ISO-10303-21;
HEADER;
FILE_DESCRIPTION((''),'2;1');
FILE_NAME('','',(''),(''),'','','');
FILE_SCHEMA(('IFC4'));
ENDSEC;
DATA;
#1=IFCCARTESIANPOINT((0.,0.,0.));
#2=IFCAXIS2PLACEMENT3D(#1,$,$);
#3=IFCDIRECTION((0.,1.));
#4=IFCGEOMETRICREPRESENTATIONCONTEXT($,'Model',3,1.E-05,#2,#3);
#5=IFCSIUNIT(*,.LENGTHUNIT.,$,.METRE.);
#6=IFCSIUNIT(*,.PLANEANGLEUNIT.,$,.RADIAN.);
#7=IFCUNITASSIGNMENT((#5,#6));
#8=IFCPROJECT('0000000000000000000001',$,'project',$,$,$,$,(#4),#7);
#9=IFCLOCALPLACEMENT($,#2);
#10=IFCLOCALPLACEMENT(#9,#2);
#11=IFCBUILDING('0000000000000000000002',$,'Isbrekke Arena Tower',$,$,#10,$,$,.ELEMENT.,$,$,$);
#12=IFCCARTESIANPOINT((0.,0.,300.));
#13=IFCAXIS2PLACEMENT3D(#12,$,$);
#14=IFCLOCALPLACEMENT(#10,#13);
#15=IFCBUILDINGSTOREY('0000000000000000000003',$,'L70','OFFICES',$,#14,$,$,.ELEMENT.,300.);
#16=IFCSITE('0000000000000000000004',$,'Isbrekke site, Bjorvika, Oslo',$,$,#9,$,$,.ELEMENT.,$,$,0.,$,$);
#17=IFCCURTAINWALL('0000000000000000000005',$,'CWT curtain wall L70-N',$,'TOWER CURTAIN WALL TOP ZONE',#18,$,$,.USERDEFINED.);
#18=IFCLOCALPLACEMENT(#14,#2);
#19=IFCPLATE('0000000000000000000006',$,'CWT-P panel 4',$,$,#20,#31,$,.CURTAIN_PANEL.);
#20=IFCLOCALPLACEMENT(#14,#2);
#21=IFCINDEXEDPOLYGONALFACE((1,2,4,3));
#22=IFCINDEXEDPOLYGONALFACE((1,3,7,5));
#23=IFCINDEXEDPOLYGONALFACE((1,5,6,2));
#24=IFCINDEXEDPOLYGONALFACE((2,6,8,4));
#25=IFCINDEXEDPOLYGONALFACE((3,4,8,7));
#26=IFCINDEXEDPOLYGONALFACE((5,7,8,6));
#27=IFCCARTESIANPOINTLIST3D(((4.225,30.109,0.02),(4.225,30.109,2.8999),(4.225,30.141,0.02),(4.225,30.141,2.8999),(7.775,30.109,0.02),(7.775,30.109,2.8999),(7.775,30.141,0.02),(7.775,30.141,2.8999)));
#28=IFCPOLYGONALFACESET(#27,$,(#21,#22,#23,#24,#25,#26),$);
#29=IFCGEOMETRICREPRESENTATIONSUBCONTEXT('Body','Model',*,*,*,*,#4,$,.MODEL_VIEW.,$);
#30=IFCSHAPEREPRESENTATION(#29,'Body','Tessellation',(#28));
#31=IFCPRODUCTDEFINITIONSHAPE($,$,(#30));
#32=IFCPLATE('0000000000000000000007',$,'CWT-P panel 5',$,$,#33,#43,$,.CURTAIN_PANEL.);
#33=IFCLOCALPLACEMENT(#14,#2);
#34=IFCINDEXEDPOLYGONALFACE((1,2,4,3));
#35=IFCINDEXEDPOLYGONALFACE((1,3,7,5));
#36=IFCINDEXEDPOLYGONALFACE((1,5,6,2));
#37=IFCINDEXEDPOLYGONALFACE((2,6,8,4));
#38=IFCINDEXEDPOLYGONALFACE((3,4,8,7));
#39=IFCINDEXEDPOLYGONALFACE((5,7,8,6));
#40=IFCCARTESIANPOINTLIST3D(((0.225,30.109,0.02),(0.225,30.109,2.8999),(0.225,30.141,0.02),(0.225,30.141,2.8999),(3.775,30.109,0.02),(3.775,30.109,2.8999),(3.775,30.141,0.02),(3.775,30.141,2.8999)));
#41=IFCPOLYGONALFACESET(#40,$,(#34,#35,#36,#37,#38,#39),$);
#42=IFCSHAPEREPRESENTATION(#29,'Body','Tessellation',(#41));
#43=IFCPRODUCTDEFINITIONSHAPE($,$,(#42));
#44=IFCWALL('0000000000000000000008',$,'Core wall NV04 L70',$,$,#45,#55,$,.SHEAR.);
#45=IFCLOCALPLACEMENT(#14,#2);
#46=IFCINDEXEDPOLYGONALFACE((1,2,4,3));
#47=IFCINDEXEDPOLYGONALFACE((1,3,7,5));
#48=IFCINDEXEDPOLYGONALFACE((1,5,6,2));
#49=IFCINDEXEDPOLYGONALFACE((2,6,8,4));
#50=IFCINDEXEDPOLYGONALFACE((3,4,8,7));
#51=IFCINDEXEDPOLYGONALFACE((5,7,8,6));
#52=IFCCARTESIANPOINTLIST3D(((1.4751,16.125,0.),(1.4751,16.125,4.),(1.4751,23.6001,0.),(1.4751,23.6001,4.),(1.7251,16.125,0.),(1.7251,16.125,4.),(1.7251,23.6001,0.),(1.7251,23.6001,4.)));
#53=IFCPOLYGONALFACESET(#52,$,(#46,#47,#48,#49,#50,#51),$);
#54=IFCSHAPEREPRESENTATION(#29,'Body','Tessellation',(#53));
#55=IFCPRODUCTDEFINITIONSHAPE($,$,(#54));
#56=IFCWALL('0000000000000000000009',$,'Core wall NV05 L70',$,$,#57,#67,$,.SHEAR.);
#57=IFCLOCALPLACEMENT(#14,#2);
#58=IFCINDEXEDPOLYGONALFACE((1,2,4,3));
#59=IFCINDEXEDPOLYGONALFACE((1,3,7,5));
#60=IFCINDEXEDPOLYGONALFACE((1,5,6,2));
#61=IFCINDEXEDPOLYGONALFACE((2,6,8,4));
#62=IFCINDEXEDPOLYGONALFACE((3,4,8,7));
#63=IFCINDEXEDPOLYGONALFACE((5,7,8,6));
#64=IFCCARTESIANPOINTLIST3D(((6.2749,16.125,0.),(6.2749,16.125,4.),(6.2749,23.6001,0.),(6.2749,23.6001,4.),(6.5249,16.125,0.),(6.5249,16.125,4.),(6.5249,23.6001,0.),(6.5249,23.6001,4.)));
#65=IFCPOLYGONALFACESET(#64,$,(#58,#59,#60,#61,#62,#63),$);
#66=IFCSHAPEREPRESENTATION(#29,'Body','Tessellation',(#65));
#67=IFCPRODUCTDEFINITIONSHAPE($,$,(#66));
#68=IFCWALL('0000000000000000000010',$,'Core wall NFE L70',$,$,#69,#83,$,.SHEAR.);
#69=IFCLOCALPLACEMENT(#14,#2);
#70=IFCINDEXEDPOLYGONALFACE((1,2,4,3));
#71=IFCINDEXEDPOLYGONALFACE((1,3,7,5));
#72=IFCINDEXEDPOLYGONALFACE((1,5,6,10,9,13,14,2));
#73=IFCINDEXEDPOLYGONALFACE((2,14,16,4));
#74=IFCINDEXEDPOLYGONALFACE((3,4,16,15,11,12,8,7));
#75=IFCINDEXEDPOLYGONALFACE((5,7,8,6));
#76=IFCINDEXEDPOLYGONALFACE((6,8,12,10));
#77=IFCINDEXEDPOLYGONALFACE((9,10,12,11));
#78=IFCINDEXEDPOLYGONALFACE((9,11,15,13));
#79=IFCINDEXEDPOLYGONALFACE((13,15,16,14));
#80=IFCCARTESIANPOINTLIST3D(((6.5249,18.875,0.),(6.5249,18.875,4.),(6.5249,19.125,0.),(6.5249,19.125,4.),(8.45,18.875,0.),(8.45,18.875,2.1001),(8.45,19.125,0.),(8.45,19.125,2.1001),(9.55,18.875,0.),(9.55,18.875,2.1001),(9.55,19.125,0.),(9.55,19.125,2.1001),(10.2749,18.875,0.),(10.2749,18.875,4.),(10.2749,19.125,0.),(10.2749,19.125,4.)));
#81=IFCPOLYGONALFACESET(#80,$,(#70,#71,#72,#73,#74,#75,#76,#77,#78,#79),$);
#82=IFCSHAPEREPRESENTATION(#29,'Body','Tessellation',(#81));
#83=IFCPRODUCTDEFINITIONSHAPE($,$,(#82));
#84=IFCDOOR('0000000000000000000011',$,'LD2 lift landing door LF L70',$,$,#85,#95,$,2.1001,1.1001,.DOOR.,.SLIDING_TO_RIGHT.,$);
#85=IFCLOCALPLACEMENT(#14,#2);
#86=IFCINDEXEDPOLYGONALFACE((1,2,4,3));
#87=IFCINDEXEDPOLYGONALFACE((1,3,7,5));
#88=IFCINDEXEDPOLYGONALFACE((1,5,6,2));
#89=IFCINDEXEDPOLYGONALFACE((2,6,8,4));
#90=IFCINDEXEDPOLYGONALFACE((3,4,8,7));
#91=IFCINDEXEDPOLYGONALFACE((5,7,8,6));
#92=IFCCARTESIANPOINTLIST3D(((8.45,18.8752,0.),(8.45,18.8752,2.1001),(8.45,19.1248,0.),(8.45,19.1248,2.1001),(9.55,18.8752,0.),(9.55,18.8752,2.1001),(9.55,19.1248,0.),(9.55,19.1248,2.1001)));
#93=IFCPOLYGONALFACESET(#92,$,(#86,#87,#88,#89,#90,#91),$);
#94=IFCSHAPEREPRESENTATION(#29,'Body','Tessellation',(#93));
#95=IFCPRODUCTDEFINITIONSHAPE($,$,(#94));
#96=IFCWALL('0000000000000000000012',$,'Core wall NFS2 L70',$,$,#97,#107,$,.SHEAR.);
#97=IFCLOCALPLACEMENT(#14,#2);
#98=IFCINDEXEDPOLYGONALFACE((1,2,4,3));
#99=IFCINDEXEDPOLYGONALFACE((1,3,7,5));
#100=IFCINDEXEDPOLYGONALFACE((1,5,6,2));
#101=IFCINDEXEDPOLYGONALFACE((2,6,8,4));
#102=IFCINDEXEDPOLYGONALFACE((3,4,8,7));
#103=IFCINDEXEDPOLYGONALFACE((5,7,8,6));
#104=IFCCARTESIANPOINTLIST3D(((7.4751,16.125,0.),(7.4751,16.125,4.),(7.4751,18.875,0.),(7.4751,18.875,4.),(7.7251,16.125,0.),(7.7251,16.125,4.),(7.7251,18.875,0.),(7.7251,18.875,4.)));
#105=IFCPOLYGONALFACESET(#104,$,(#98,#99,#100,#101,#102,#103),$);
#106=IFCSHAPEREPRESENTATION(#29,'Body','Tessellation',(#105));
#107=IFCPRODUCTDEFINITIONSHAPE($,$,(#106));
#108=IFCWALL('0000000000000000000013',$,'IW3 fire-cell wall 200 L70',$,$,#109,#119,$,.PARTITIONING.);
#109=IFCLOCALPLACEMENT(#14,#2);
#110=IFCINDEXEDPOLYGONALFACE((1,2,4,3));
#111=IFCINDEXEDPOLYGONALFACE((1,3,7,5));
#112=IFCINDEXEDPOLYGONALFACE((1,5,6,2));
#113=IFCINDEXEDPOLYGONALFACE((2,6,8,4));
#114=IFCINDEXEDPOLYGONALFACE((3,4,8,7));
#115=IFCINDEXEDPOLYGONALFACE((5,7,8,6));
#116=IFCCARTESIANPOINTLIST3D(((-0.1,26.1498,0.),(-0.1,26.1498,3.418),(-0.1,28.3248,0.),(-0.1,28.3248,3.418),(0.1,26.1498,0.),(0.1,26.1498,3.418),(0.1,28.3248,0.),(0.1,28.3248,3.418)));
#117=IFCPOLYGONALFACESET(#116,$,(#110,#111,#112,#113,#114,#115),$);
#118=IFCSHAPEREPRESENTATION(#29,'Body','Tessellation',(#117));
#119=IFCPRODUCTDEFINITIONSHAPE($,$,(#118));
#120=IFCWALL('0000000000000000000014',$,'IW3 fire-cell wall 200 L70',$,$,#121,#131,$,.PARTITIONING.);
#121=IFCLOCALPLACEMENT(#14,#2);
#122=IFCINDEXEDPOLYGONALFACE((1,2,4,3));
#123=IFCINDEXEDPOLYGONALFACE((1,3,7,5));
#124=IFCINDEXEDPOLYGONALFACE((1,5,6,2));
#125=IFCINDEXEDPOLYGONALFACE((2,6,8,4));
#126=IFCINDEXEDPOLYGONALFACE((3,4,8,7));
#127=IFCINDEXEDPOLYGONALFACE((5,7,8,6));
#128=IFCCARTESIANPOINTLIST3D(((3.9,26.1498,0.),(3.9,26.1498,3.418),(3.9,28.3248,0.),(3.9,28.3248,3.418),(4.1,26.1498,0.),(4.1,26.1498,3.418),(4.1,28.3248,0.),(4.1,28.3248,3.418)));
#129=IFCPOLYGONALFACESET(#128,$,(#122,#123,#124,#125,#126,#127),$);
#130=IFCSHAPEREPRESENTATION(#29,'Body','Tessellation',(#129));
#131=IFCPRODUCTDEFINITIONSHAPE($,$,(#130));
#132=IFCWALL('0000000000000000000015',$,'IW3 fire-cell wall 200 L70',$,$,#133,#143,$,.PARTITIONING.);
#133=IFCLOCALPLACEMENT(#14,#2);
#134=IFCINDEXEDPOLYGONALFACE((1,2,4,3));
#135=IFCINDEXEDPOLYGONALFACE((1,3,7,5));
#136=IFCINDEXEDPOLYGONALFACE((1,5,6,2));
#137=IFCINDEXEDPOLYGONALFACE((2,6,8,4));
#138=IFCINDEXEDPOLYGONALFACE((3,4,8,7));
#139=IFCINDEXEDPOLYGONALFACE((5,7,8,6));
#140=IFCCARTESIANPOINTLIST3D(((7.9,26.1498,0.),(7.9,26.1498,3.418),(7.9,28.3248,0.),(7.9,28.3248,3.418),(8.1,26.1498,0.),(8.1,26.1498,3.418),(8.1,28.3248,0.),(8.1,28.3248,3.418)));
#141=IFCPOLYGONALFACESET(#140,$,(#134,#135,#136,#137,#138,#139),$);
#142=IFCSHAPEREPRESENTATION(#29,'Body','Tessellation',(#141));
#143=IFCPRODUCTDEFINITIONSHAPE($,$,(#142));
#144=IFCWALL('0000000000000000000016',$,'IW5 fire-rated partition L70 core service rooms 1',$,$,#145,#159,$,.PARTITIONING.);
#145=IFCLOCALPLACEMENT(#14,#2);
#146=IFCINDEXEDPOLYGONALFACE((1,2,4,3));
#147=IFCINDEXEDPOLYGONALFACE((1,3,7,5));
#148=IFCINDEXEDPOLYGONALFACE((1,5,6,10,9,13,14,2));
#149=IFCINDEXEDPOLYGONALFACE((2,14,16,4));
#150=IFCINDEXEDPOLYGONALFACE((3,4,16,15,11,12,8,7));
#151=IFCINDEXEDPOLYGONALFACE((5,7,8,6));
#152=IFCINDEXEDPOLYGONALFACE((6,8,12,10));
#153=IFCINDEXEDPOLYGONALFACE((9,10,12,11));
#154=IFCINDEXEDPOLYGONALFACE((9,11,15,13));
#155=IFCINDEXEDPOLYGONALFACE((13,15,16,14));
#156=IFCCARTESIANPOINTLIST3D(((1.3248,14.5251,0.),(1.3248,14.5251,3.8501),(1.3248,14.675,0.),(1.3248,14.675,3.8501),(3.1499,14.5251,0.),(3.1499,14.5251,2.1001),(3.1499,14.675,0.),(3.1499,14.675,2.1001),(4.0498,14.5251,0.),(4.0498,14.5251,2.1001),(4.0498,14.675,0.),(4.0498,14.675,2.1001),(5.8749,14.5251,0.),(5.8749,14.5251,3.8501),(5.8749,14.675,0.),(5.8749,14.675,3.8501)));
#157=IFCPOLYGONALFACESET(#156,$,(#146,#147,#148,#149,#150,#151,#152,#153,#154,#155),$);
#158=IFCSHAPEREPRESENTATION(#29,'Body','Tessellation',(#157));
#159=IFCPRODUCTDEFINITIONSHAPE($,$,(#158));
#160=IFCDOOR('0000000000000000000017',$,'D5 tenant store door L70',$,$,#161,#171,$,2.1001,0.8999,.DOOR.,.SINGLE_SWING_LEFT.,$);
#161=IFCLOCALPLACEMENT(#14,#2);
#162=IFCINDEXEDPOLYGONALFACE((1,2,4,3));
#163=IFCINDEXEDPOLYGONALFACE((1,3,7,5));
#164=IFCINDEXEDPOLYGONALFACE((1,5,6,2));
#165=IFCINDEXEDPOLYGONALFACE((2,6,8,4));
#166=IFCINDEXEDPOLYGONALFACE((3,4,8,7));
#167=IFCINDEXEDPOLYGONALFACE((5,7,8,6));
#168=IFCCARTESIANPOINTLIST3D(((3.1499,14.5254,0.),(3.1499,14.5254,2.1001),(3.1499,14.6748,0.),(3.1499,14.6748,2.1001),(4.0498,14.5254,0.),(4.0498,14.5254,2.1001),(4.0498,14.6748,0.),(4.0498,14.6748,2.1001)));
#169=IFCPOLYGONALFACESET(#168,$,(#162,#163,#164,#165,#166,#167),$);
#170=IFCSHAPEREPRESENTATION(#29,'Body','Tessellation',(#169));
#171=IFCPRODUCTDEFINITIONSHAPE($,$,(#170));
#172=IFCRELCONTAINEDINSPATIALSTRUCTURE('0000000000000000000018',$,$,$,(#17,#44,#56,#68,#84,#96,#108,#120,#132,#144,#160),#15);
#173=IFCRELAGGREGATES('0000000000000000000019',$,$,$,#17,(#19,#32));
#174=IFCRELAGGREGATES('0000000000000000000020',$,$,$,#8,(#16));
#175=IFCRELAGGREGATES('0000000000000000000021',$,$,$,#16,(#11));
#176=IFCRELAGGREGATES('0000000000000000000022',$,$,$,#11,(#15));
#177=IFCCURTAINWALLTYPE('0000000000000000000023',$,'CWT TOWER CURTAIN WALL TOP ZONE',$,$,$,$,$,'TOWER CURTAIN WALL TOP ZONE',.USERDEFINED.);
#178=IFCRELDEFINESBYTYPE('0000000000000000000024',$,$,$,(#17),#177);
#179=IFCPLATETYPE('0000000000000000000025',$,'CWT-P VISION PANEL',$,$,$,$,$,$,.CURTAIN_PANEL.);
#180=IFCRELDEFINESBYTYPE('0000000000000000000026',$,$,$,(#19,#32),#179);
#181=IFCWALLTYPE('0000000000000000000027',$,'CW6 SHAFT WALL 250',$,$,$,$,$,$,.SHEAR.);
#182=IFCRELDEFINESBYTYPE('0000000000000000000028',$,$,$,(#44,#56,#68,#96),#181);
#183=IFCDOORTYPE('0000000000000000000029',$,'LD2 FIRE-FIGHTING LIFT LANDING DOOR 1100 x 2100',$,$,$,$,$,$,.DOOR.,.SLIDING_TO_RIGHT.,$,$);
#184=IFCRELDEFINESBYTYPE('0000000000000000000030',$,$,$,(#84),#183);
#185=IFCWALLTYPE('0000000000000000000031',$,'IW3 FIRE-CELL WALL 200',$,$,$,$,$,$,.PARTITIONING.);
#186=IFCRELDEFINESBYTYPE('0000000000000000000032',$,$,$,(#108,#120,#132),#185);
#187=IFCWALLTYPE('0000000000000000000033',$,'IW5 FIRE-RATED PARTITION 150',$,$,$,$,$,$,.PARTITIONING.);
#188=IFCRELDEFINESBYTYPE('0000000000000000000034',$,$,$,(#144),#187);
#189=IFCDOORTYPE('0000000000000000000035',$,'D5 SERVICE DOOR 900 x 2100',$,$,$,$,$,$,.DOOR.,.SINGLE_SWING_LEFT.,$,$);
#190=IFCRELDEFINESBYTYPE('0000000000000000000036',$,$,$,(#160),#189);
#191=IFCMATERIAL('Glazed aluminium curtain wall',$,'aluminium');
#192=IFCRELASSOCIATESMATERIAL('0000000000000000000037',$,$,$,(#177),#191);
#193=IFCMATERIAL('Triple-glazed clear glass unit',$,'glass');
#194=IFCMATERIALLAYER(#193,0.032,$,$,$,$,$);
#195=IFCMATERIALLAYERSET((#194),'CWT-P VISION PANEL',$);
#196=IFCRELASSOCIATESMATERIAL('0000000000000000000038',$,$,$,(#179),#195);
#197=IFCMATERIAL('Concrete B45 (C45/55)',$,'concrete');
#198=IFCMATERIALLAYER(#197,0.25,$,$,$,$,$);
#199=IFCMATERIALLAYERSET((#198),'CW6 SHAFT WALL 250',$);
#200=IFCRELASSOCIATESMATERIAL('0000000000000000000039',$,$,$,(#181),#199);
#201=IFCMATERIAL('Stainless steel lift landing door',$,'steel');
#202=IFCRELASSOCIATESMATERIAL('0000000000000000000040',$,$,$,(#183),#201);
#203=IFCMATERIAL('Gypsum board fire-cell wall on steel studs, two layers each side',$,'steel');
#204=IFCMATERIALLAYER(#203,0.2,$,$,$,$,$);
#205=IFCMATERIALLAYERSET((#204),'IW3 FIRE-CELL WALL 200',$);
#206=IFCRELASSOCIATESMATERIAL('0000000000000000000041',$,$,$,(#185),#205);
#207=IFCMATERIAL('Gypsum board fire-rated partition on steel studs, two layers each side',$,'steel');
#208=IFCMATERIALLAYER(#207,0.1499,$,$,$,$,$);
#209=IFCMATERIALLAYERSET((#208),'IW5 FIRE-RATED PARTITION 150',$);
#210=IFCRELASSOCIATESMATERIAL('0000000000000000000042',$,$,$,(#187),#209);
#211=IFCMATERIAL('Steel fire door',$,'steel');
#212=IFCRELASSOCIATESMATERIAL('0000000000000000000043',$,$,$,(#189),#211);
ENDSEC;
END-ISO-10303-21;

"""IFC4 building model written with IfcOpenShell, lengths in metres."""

from ifc_helpers import new_model, si_unit, direction, frame, frame_2d, origin, origin_2d, place, context, subcontext, project, spatial, rectangle, extrude, material, layer, layer_set, type_object, element, fill, aggregate, save


model = new_model("IFC4")

# Units and contexts
model_context = context("Model", 3, precision=1e-05, world=origin(), true_north=direction((0.0, 1.0)))
body_context = subcontext(model_context, "Body", "Model", "MODEL_VIEW")
ifc_project = project(units=[si_unit("LENGTHUNIT", "METRE"), si_unit("PLANEANGLEUNIT", "RADIAN")], contexts=[model_context])

# Site, building, storey
site_placement = place(None, origin())
site = spatial("IfcSite", under=ifc_project, at=site_placement, Name="Isbrekke site, Bjorvika, Oslo", CompositionType="ELEMENT", RefElevation=0.0)
building_placement = place(site_placement, origin())
building = spatial("IfcBuilding", under=site, at=building_placement, Name="Isbrekke Arena Tower", CompositionType="ELEMENT")
storey_placement = place(building_placement, frame((0.0, 0.0, 300.0)))
storey = spatial("IfcBuildingStorey", under=building, at=storey_placement, Name="L70", Description="OFFICES", CompositionType="ELEMENT", Elevation=300.0)

# Curtain wall
ifc_material_1 = material(Name="Glazed aluminium curtain wall", Category="aluminium")
curtain_wall_type = type_object("IfcCurtainWallType", Name="CWT TOWER CURTAIN WALL TOP ZONE", ElementType="TOWER CURTAIN WALL TOP ZONE", PredefinedType="USERDEFINED", material=ifc_material_1)
curtain_wall_placement = place(storey_placement, origin())
curtain_wall = element("IfcCurtainWall", 1, at=curtain_wall_placement, inside=storey, type_object=curtain_wall_type, Name="CWT curtain wall L70-N", ObjectType="TOWER CURTAIN WALL TOP ZONE", PredefinedType="USERDEFINED")

# Plates
ifc_material_2 = material(Name="Triple-glazed clear glass unit", Category="glass")
ifc_layer_1 = layer(ifc_material_2, 0.032)
ifc_layer_set_1 = layer_set([ifc_layer_1], Name="CWT-P VISION PANEL")
plate_type = type_object("IfcPlateType", Name="CWT-P VISION PANEL", PredefinedType="CURTAIN_PANEL", material=ifc_layer_set_1)
plate_1_placement = place(storey_placement, frame((6.0, 30.125, 0.02), z_axis=(0.0, 0.0, 1.0), x_axis=(-1.0, 0.0, 0.0)))
plate_1 = element("IfcPlate", 2, at=plate_1_placement, type_object=plate_type, Name="CWT-P panel 4", PredefinedType="CURTAIN_PANEL", context=body_context, shape_type="SweptSolid", body=[
    extrude(rectangle(XDim=3.55, YDim=0.032, at=origin_2d()), origin(), (0.0, 0.0, 1.0), 2.8799),
])
plate_2_placement = place(storey_placement, frame((2.0, 30.125, 0.02), z_axis=(0.0, 0.0, 1.0), x_axis=(-1.0, 0.0, 0.0)))
plate_2 = element("IfcPlate", 3, at=plate_2_placement, type_object=plate_type, Name="CWT-P panel 5", PredefinedType="CURTAIN_PANEL", context=body_context, shape_type="SweptSolid", body=[
    extrude(rectangle(XDim=3.55, YDim=0.032, at=origin_2d()), origin(), (0.0, 0.0, 1.0), 2.8799),
])
aggregate(curtain_wall, [plate_1, plate_2])

# Walls
ifc_material_3 = material(Name="Concrete B45 (C45/55)", Category="concrete")
ifc_layer_2 = layer(ifc_material_3, 0.25)
ifc_layer_set_2 = layer_set([ifc_layer_2], Name="CW6 SHAFT WALL 250")
wall_type_1 = type_object("IfcWallType", Name="CW6 SHAFT WALL 250", PredefinedType="SHEAR", material=ifc_layer_set_2)
for number, where, z_axis, x_axis, name in (
    (4, (1.6001, 16.125, 0.0), (0.0, 0.0, 1.0), (0.0, 1.0, 0.0), "Core wall NV04 L70"),
    (5, (6.3999, 16.125, 0.0), (0.0, 0.0, 1.0), (0.0, 1.0, 0.0), "Core wall NV05 L70"),
):
    element("IfcWall", number, at=place(storey_placement, frame(where, z_axis=z_axis, x_axis=x_axis)), inside=storey, type_object=wall_type_1, Name=name, PredefinedType="SHEAR", context=body_context, shape_type="SweptSolid", body=[
        extrude(rectangle(XDim=7.4751, YDim=0.25, at=frame_2d((3.7375, 0.0))), origin(), (0.0, 0.0, 1.0), 4.0),
    ])

# Wall, opening, door
wall_1_placement = place(storey_placement, frame((6.5249, 19.0, 0.0), z_axis=(0.0, 0.0, 1.0), x_axis=(1.0, 0.0, 0.0)))
wall_1 = element("IfcWall", 6, at=wall_1_placement, inside=storey, type_object=wall_type_1, Name="Core wall NFE L70", PredefinedType="SHEAR", context=body_context, shape_type="SweptSolid", body=[
    extrude(rectangle(XDim=3.75, YDim=0.25, at=frame_2d((1.875, 0.0))), origin(), (0.0, 0.0, 1.0), 4.0),
])
opening_1_placement = place(wall_1_placement, frame((1.925, 0.0, 0.0)))
opening_1 = element("IfcOpeningElement", 7, at=opening_1_placement, cuts=wall_1, PredefinedType="OPENING", context=body_context, shape_type="SweptSolid", body=[
    extrude(rectangle(XDim=1.1001, YDim=2.1001, at=frame_2d((0.55, 1.05))), frame((0.0, 0.1399, 0.0), z_axis=(0.0, -1.0, 0.0), x_axis=(1.0, 0.0, 0.0)), (0.0, 0.0, 1.0), 0.2798),
])
ifc_material_4 = material(Name="Stainless steel lift landing door", Category="steel")
door_type_1 = type_object("IfcDoorType", Name="LD2 FIRE-FIGHTING LIFT LANDING DOOR 1100 x 2100", OperationType="SLIDING_TO_RIGHT", PredefinedType="DOOR", material=ifc_material_4)
door_1_placement = place(opening_1_placement, origin())
door_1 = element("IfcDoor", 8, at=door_1_placement, inside=storey, type_object=door_type_1, Name="LD2 lift landing door LF L70", OperationType="SLIDING_TO_RIGHT", OverallHeight=2.1001, OverallWidth=1.1001, PredefinedType="DOOR", context=body_context, shape_type="SweptSolid", body=[
    extrude(rectangle(XDim=1.1001, YDim=2.1001, at=frame_2d((0.55, 1.05))), frame((0.0, 0.1248, 0.0), z_axis=(0.0, -1.0, 0.0), x_axis=(1.0, 0.0, 0.0)), (0.0, 0.0, 1.0), 0.2495),
])
fill(opening_1, door_1)

# Walls
wall_2_placement = place(storey_placement, frame((7.6001, 16.125, 0.0), z_axis=(0.0, 0.0, 1.0), x_axis=(0.0, 1.0, 0.0)))
element("IfcWall", 9, at=wall_2_placement, inside=storey, type_object=wall_type_1, Name="Core wall NFS2 L70", PredefinedType="SHEAR", context=body_context, shape_type="SweptSolid", body=[
    extrude(rectangle(XDim=2.75, YDim=0.25, at=frame_2d((1.375, 0.0))), origin(), (0.0, 0.0, 1.0), 4.0),
])
ifc_material_5 = material(Name="Gypsum board fire-cell wall on steel studs, two layers each side", Category="steel")
ifc_layer_3 = layer(ifc_material_5, 0.2)
ifc_layer_set_3 = layer_set([ifc_layer_3], Name="IW3 FIRE-CELL WALL 200")
wall_type_2 = type_object("IfcWallType", Name="IW3 FIRE-CELL WALL 200", PredefinedType="PARTITIONING", material=ifc_layer_set_3)
for number, where, z_axis, x_axis, name in (
    (10, (0.0, 26.1499, 0.0), (0.0, 0.0, 1.0), (0.0, 1.0, 0.0), "IW3 fire-cell wall 200 L70"),
    (11, (4.0, 26.1499, 0.0), (0.0, 0.0, 1.0), (0.0, 1.0, 0.0), "IW3 fire-cell wall 200 L70"),
    (12, (8.0, 26.1499, 0.0), (0.0, 0.0, 1.0), (0.0, 1.0, 0.0), "IW3 fire-cell wall 200 L70"),
):
    element("IfcWall", number, at=place(storey_placement, frame(where, z_axis=z_axis, x_axis=x_axis)), inside=storey, type_object=wall_type_2, Name=name, PredefinedType="PARTITIONING", context=body_context, shape_type="SweptSolid", body=[
        extrude(rectangle(XDim=2.175, YDim=0.2, at=frame_2d((1.0874, 0.0))), origin(), (0.0, 0.0, 1.0), 3.418),
    ])

# Wall, opening, door
ifc_material_6 = material(Name="Gypsum board fire-rated partition on steel studs, two layers each side", Category="steel")
ifc_layer_4 = layer(ifc_material_6, 0.1499)
ifc_layer_set_4 = layer_set([ifc_layer_4], Name="IW5 FIRE-RATED PARTITION 150")
wall_type_3 = type_object("IfcWallType", Name="IW5 FIRE-RATED PARTITION 150", PredefinedType="PARTITIONING", material=ifc_layer_set_4)
wall_3_placement = place(storey_placement, frame((1.325, 14.6001, 0.0), z_axis=(0.0, 0.0, 1.0), x_axis=(1.0, 0.0, 0.0)))
wall_3 = element("IfcWall", 13, at=wall_3_placement, inside=storey, type_object=wall_type_3, Name="IW5 fire-rated partition L70 core service rooms 1", PredefinedType="PARTITIONING", context=body_context, shape_type="SweptSolid", body=[
    extrude(rectangle(XDim=4.55, YDim=0.1499, at=frame_2d((2.2749, 0.0))), origin(), (0.0, 0.0, 1.0), 3.8501),
])
opening_2_placement = place(wall_3_placement, frame((1.825, 0.0, 0.0)))
opening_2 = element("IfcOpeningElement", 14, at=opening_2_placement, cuts=wall_3, PredefinedType="OPENING", context=body_context, shape_type="SweptSolid", body=[
    extrude(rectangle(XDim=0.8999, YDim=2.1001, at=frame_2d((0.45, 1.05))), frame((0.0, 0.0898, 0.0), z_axis=(0.0, -1.0, 0.0), x_axis=(1.0, 0.0, 0.0)), (0.0, 0.0, 1.0), 0.1797),
])
ifc_material_7 = material(Name="Steel fire door", Category="steel")
door_type_2 = type_object("IfcDoorType", Name="D5 SERVICE DOOR 900 x 2100", OperationType="SINGLE_SWING_LEFT", PredefinedType="DOOR", material=ifc_material_7)
door_2_placement = place(opening_2_placement, origin())
door_2 = element("IfcDoor", 15, at=door_2_placement, inside=storey, type_object=door_type_2, Name="D5 tenant store door L70", OperationType="SINGLE_SWING_LEFT", OverallHeight=2.1001, OverallWidth=0.8999, PredefinedType="DOOR", context=body_context, shape_type="SweptSolid", body=[
    extrude(rectangle(XDim=0.8999, YDim=2.1001, at=frame_2d((0.45, 1.05))), frame((0.0, 0.0747, 0.0), z_axis=(0.0, -1.0, 0.0), x_axis=(1.0, 0.0, 0.0)), (0.0, 0.0, 1.0), 0.1494),
])
fill(opening_2, door_2)

save(model, "model.ifc")
